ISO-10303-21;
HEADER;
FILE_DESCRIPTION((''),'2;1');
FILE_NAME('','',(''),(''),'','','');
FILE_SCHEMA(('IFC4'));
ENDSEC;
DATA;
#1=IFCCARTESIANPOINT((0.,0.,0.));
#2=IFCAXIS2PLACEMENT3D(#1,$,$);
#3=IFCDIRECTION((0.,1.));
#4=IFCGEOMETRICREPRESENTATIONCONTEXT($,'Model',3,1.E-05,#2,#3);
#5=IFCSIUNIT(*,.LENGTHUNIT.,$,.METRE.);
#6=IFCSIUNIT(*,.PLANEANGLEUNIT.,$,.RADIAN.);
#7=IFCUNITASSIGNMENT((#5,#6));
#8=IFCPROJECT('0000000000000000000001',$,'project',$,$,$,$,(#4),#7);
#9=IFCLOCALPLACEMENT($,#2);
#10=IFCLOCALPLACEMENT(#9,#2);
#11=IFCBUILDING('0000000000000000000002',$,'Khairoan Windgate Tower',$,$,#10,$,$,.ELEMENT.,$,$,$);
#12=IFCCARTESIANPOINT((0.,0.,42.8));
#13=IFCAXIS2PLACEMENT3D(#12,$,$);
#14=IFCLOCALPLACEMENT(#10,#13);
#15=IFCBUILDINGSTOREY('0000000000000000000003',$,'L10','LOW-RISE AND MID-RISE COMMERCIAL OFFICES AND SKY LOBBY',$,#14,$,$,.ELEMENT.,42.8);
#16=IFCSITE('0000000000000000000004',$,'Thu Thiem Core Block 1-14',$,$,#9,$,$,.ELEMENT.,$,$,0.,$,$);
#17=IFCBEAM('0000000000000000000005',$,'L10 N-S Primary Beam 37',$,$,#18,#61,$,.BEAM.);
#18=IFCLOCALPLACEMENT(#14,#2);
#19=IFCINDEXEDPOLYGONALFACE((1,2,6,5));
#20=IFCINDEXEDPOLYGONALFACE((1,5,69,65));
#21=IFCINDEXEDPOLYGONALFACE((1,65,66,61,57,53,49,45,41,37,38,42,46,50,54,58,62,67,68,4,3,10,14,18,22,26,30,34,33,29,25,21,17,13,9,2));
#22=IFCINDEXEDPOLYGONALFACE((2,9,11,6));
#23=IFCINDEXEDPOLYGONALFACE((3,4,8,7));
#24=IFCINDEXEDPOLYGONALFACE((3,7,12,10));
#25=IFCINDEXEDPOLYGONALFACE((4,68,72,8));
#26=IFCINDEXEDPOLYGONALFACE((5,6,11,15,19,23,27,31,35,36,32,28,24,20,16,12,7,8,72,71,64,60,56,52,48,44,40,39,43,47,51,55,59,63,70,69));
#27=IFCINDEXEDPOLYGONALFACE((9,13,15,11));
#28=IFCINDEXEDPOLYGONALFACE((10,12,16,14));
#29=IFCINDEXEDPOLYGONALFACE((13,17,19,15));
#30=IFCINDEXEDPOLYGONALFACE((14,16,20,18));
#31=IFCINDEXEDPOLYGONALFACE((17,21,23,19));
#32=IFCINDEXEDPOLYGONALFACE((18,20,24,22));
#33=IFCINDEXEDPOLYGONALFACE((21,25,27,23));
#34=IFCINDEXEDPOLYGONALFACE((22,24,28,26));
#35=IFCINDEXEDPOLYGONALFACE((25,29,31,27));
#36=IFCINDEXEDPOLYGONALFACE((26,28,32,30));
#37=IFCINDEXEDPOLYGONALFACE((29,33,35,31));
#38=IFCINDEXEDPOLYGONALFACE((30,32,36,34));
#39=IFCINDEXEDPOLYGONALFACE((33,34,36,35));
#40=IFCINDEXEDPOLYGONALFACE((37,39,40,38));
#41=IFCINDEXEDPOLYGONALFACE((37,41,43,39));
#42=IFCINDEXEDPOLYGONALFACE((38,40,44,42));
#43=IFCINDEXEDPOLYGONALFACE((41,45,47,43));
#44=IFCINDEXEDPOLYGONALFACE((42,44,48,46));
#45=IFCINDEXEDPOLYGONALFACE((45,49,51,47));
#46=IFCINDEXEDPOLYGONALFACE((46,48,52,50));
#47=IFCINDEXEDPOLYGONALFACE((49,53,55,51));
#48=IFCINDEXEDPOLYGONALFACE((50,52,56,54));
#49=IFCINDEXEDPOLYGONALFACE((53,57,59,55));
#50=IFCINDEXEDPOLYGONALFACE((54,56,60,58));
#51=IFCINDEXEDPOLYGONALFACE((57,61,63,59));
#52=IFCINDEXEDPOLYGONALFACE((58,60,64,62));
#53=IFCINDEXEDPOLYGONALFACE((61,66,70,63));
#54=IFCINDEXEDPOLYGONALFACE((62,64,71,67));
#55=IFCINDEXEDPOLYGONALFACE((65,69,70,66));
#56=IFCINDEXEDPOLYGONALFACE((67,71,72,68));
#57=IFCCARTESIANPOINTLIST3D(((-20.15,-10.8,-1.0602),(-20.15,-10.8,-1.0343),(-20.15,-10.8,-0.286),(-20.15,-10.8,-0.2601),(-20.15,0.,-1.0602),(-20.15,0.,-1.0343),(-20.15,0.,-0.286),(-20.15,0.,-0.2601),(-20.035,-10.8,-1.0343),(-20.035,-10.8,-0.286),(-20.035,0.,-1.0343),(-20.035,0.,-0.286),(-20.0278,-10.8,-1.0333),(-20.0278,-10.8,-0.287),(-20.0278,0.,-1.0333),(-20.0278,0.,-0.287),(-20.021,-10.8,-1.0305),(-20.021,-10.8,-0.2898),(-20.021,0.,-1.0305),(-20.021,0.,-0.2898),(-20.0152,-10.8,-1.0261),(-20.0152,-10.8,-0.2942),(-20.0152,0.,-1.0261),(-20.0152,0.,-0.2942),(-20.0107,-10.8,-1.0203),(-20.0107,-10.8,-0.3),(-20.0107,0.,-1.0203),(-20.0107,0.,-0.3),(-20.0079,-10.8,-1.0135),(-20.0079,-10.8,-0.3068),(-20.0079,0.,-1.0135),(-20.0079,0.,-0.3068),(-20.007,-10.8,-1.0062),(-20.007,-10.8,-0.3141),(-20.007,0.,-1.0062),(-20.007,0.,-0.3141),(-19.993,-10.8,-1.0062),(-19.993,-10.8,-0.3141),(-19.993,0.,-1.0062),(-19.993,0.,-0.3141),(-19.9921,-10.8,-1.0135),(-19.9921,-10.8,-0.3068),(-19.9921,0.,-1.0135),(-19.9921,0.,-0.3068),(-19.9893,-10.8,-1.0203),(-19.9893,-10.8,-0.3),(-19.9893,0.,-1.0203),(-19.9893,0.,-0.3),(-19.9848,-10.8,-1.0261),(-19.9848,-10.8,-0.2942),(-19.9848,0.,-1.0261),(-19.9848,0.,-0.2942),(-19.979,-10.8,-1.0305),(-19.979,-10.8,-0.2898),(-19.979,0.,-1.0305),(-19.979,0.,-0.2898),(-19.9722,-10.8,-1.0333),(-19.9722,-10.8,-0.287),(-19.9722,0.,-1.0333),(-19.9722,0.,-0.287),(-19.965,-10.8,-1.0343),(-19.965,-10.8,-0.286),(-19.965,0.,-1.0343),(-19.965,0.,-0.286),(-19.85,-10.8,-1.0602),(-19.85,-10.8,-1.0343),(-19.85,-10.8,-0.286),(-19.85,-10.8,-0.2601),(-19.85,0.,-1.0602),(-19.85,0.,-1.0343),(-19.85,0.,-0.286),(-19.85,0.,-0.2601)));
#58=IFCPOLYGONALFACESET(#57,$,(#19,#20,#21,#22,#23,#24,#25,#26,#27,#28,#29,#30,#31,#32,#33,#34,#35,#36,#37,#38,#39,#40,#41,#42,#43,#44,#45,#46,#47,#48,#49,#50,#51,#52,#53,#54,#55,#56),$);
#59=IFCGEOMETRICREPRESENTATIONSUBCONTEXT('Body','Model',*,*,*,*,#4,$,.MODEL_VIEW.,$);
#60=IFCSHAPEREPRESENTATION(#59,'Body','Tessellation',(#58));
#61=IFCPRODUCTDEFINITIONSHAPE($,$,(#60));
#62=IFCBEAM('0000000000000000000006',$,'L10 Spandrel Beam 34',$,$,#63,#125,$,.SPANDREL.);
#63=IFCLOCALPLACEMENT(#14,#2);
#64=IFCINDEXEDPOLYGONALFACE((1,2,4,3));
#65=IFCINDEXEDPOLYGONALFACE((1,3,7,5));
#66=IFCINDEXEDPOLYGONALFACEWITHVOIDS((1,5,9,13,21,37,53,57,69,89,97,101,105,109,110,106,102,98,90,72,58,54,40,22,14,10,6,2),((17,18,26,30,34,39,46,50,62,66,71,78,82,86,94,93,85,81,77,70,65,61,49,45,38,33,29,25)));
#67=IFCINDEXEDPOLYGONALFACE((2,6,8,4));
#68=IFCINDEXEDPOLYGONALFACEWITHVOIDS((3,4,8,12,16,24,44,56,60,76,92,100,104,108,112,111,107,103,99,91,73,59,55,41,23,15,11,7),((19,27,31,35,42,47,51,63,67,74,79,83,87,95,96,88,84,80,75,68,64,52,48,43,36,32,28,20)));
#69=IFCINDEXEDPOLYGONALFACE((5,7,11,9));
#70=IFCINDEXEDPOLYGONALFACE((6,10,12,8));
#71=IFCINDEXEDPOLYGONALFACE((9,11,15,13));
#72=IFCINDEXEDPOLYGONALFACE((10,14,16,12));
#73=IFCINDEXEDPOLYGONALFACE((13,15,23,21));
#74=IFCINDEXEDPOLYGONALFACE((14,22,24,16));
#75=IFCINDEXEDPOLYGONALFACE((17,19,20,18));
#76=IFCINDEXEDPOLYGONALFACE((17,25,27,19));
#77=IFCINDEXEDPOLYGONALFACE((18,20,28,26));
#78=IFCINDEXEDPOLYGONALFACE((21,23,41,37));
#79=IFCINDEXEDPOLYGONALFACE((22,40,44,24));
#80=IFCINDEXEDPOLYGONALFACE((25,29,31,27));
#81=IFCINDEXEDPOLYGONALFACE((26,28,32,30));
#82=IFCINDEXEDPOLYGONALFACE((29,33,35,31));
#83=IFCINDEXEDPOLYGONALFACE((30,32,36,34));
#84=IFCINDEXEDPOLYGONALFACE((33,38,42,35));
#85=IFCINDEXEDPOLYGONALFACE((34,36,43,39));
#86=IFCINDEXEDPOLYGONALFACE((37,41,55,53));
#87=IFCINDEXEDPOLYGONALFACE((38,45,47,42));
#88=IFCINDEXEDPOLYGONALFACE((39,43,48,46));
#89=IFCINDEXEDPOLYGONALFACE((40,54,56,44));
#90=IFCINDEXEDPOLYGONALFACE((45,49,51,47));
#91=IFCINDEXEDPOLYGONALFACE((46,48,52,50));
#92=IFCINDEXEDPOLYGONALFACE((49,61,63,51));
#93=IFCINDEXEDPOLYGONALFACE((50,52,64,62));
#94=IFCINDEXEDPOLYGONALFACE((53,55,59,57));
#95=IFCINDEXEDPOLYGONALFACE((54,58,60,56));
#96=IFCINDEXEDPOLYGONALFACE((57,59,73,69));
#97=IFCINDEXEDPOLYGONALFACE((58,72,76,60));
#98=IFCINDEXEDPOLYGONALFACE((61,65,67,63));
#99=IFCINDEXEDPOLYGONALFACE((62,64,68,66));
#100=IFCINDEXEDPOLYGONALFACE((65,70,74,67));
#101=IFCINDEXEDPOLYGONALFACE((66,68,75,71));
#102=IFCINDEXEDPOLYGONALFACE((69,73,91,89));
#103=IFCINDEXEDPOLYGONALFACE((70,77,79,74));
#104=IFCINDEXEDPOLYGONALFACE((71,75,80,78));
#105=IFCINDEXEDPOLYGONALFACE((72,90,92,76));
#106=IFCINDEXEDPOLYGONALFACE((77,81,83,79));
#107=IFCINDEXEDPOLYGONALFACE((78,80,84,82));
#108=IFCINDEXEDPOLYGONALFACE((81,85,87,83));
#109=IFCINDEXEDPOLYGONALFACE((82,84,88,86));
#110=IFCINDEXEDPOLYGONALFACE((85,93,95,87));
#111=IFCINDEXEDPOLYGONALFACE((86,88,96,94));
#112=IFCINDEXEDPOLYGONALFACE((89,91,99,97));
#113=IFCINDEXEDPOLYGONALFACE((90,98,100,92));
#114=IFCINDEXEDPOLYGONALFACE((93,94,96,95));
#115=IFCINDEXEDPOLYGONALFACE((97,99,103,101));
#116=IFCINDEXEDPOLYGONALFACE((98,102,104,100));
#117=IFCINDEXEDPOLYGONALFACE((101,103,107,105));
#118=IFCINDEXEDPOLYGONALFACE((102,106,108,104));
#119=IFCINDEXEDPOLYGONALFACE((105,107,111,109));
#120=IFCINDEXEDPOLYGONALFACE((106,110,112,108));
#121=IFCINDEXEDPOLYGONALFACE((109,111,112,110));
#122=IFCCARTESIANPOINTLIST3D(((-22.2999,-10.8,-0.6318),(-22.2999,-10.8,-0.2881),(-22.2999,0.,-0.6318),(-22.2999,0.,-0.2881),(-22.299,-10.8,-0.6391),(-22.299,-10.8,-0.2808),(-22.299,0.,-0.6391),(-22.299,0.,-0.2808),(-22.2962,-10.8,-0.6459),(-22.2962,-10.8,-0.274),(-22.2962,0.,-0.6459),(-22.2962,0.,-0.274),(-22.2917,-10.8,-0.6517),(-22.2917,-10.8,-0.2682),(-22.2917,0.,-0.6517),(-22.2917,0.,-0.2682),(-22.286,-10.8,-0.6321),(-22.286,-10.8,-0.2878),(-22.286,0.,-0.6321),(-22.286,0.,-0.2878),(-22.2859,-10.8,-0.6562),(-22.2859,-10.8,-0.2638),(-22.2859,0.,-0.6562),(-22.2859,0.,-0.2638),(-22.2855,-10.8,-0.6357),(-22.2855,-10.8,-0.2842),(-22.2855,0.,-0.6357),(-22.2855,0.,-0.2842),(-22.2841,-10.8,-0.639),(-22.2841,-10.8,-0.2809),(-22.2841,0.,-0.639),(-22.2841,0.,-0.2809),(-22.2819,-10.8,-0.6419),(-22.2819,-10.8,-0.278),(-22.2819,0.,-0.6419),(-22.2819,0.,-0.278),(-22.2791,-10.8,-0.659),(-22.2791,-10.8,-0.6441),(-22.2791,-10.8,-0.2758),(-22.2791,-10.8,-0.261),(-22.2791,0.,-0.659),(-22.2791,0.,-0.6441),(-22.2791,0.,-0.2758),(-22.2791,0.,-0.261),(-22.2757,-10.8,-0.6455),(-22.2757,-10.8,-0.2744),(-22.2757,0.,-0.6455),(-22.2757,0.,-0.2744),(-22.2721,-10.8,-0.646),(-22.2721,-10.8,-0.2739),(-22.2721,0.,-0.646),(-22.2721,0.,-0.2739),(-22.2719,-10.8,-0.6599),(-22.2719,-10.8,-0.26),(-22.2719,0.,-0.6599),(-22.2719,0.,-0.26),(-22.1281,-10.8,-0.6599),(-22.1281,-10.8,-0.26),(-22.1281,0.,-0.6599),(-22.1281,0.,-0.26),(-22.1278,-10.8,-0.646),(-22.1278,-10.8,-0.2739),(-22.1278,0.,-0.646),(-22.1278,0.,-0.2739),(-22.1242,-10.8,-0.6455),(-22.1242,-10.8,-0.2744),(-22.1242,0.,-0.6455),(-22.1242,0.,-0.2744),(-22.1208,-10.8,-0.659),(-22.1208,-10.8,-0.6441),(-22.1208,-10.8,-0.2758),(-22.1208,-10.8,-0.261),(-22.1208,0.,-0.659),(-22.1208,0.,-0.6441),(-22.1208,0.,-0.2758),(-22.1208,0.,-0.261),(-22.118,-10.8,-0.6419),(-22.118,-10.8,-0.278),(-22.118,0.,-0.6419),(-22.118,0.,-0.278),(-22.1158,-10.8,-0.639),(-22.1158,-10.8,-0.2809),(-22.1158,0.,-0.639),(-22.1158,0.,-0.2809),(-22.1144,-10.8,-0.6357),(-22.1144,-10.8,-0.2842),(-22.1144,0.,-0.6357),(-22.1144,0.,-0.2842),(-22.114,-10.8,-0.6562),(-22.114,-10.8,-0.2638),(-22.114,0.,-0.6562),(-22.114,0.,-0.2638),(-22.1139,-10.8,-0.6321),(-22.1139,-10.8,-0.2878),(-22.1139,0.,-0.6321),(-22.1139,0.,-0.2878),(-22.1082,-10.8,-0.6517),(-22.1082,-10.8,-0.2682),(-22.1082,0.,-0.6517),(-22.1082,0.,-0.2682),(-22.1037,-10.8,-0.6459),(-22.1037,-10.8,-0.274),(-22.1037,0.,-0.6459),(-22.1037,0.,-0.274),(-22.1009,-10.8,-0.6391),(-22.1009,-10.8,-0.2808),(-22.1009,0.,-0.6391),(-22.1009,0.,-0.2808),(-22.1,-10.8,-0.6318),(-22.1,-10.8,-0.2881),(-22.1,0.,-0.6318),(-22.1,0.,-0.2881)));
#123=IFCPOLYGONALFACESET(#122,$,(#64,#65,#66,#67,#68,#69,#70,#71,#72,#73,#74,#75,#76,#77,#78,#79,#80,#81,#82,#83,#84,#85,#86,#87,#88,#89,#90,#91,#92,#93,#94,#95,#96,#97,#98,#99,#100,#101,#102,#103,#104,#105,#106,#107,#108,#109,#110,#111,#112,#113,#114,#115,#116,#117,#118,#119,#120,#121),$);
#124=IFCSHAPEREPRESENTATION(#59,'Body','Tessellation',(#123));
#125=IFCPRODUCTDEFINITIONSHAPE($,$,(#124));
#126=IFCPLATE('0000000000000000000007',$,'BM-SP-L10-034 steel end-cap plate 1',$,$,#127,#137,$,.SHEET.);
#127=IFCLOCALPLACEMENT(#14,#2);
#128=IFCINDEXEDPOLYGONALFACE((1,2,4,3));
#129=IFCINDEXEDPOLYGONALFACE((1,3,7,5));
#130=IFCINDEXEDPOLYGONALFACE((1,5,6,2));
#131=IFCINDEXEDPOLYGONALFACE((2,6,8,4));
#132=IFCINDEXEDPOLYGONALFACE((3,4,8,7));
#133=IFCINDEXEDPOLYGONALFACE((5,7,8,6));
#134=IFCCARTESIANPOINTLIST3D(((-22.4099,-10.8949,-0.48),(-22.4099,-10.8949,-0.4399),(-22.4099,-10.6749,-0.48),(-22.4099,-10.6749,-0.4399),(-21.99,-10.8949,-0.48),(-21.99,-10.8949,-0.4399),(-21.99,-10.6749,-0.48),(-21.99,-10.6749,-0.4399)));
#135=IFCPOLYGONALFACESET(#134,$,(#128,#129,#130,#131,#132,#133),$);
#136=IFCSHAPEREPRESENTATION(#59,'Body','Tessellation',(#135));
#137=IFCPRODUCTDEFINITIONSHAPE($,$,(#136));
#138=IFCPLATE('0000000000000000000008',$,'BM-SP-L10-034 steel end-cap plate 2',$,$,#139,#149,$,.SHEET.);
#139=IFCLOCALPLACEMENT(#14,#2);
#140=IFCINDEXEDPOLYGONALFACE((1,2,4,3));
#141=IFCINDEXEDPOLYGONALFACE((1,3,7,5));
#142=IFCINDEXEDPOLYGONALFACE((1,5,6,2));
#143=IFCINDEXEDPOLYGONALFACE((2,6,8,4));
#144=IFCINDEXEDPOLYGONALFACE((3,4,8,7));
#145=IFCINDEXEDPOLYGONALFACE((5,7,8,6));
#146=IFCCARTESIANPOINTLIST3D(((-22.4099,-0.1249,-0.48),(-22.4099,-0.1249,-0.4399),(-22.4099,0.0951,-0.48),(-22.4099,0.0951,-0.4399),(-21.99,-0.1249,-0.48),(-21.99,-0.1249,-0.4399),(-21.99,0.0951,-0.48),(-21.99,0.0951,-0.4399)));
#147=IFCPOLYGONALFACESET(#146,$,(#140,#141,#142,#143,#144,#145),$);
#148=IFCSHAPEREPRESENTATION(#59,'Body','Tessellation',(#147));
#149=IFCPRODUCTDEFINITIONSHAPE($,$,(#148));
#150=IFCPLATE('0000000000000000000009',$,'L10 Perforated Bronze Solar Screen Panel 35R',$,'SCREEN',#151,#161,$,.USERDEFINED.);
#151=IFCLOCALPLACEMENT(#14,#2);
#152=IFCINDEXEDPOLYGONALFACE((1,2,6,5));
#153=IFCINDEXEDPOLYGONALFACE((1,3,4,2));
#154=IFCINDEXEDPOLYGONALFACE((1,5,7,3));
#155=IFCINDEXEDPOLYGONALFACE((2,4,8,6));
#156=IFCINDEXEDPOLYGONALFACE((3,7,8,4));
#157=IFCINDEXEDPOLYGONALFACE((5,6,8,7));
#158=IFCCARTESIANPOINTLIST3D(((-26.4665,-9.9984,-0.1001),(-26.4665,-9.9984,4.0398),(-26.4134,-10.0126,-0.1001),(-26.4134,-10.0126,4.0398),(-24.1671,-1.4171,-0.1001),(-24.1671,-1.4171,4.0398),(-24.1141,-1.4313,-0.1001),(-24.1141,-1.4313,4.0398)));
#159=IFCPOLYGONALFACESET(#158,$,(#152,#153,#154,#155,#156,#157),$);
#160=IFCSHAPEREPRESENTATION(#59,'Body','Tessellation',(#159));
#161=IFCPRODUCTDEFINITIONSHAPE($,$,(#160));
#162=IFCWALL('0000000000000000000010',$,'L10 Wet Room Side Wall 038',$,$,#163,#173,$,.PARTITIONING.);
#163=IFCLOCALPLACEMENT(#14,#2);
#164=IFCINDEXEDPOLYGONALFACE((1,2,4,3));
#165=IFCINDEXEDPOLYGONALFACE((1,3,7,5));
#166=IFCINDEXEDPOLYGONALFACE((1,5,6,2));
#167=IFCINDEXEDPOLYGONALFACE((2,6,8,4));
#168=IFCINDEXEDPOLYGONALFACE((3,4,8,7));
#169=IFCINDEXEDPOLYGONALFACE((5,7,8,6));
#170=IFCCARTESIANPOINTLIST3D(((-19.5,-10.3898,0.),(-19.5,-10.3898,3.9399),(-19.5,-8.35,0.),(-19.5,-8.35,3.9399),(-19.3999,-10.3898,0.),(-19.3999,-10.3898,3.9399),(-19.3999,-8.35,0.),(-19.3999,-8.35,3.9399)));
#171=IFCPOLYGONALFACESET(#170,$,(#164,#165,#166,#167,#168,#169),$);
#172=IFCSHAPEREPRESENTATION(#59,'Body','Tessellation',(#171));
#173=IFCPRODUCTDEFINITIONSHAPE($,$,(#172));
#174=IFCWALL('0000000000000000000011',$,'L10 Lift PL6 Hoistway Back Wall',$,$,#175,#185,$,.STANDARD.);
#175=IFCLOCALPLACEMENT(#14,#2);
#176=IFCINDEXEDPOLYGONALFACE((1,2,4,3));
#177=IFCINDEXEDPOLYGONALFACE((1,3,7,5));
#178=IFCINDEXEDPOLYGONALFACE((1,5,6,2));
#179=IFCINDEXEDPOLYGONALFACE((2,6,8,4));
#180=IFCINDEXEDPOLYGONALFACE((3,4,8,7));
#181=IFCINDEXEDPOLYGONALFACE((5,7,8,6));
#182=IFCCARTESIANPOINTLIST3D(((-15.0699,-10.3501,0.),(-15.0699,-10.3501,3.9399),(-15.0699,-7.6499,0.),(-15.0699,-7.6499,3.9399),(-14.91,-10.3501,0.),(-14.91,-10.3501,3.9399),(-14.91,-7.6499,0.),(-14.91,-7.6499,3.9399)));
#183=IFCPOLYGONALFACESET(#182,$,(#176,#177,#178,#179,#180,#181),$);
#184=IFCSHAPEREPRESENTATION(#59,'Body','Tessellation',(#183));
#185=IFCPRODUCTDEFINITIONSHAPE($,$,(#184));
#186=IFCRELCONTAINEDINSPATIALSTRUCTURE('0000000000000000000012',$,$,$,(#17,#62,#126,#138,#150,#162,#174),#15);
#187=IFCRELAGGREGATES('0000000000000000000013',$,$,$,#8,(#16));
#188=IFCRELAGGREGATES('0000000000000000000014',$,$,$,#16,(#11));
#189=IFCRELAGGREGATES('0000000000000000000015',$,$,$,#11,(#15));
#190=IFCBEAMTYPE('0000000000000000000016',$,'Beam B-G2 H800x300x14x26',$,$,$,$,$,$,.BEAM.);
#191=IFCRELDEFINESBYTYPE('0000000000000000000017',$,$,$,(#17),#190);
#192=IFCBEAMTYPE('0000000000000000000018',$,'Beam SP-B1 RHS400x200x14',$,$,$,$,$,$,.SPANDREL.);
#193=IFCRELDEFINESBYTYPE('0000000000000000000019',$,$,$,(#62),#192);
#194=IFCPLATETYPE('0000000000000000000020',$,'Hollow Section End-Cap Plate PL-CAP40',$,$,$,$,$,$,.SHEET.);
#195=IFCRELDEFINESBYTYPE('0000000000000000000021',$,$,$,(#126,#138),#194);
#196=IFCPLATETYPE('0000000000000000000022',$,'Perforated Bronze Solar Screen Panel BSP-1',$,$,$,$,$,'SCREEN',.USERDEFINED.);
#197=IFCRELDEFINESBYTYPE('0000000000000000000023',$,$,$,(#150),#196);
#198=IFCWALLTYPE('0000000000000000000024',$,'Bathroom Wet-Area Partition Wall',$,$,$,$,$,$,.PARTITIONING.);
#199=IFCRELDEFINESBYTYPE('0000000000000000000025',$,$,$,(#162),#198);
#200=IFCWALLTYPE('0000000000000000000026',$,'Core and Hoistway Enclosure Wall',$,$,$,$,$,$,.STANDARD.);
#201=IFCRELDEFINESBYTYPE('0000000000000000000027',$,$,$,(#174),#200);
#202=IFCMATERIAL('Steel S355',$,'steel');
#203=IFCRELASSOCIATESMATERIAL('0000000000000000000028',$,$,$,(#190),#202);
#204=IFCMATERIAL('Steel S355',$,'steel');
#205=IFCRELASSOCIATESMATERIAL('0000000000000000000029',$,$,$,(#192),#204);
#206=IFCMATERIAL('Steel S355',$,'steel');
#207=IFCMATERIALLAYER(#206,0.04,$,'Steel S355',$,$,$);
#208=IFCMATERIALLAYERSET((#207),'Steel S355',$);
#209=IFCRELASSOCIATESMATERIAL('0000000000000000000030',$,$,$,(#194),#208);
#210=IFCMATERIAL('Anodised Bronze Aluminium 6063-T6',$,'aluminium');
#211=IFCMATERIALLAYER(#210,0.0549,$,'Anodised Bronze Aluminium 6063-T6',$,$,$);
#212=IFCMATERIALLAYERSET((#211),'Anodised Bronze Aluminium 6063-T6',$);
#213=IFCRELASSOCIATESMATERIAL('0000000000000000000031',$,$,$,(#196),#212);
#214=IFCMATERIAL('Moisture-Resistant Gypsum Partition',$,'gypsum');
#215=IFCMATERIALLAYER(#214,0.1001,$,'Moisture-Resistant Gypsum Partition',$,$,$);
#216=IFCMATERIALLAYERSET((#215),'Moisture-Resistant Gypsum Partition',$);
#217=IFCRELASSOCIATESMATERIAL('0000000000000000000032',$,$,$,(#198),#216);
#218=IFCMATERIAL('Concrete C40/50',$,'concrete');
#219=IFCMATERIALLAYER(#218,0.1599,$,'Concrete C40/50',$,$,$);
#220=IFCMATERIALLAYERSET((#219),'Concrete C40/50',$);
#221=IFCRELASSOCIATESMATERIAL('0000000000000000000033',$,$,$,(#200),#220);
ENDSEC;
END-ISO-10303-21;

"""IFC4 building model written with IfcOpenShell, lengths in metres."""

from ifc_helpers import new_model, si_unit, direction, frame, frame_2d, origin, origin_2d, place, context, subcontext, project, spatial, rectangle, hollow_rectangle, i_section, extrude, material, layer, layer_set, material_profile, profile_set, type_object, element, save


model = new_model("IFC4")

# Units and contexts
model_context = context("Model", 3, precision=1e-05, world=origin(), true_north=direction((0.0, 1.0)))
body_context = subcontext(model_context, "Body", "Model", "MODEL_VIEW")
ifc_project = project(units=[si_unit("LENGTHUNIT", "METRE"), si_unit("PLANEANGLEUNIT", "RADIAN")], contexts=[model_context])

# Site, building, storey
site_placement = place(None, origin())
site = spatial("IfcSite", under=ifc_project, at=site_placement, Name="Thu Thiem Core Block 1-14", CompositionType="ELEMENT", RefElevation=0.0)
building_placement = place(site_placement, origin())
building = spatial("IfcBuilding", under=site, at=building_placement, Name="Khairoan Windgate Tower", CompositionType="ELEMENT")
storey_placement = place(building_placement, frame((0.0, 0.0, 42.8)))
storey = spatial("IfcBuildingStorey", under=building, at=storey_placement, Name="L10", Description="LOW-RISE AND MID-RISE COMMERCIAL OFFICES AND SKY LOBBY", CompositionType="ELEMENT", Elevation=42.8)

# Beams
ifc_material_1 = material(Name="Steel S355", Category="steel")
ifc_material_profile_1 = material_profile(ifc_material_1, i_section(OverallWidth=0.3, OverallDepth=0.8, WebThickness=0.0139, FlangeThickness=0.0259, FilletRadius=0.0281, at=origin_2d()))
ifc_profile_set_1 = profile_set([ifc_material_profile_1], Name="Steel S355")
beam_type_1 = type_object("IfcBeamType", Name="Beam B-G2 H800x300x14x26", PredefinedType="BEAM", material=ifc_profile_set_1)
beam_1_placement = place(storey_placement, frame((-20.0, -10.8, -0.6602), z_axis=(0.0, 1.0, 0.0), x_axis=(-1.0, 0.0, 0.0)))
element("IfcBeam", 1, at=beam_1_placement, inside=storey, type_object=beam_type_1, Name="L10 N-S Primary Beam 37", PredefinedType="BEAM", context=body_context, shape_type="SweptSolid", body=[
    extrude(i_section(OverallWidth=0.3, OverallDepth=0.8, WebThickness=0.0139, FlangeThickness=0.0259, FilletRadius=0.0281, at=origin_2d()), origin(), (0.0, 0.0, 1.0), 10.8),
])
ifc_material_2 = material(Name="Steel S355", Category="steel")
ifc_material_profile_2 = material_profile(ifc_material_2, hollow_rectangle(XDim=0.2, YDim=0.3999, WallThickness=0.0139, InnerFilletRadius=0.0139, OuterFilletRadius=0.0281, at=origin_2d()))
ifc_profile_set_2 = profile_set([ifc_material_profile_2], Name="Steel S355")
beam_type_2 = type_object("IfcBeamType", Name="Beam SP-B1 RHS400x200x14", PredefinedType="SPANDREL", material=ifc_profile_set_2)
beam_2_placement = place(storey_placement, frame((-22.2, -10.8, -0.46), z_axis=(0.0, 1.0, 0.0), x_axis=(-1.0, 0.0, 0.0)))
element("IfcBeam", 2, at=beam_2_placement, inside=storey, type_object=beam_type_2, Name="L10 Spandrel Beam 34", PredefinedType="SPANDREL", context=body_context, shape_type="SweptSolid", body=[
    extrude(hollow_rectangle(XDim=0.2, YDim=0.3999, WallThickness=0.0139, InnerFilletRadius=0.0139, OuterFilletRadius=0.0281, at=origin_2d()), origin(), (0.0, 0.0, 1.0), 10.8),
])

# Plates
ifc_material_3 = material(Name="Steel S355", Category="steel")
ifc_layer_1 = layer(ifc_material_3, 0.04, Name="Steel S355")
ifc_layer_set_1 = layer_set([ifc_layer_1], Name="Steel S355")
plate_type_1 = type_object("IfcPlateType", Name="Hollow Section End-Cap Plate PL-CAP40", PredefinedType="SHEET", material=ifc_layer_set_1)
for number, where, z_axis, x_axis, name in (
    (3, (-22.2, -10.7849, -0.48), (0.0, 0.0, 1.0), (0.0, 1.0, 0.0), "BM-SP-L10-034 steel end-cap plate 1"),
    (4, (-22.2, -0.0149, -0.48), (0.0, 0.0, 1.0), (0.0, 1.0, 0.0), "BM-SP-L10-034 steel end-cap plate 2"),
):
    element("IfcPlate", number, at=place(storey_placement, frame(where, z_axis=z_axis, x_axis=x_axis)), inside=storey, type_object=plate_type_1, Name=name, PredefinedType="SHEET", context=body_context, shape_type="SweptSolid", body=[
        extrude(rectangle(XDim=0.22, YDim=0.4199, at=origin_2d()), origin(), (0.0, 0.0, 1.0), 0.04),
    ])
ifc_material_4 = material(Name="Anodised Bronze Aluminium 6063-T6", Category="aluminium")
ifc_layer_2 = layer(ifc_material_4, 0.0549, Name="Anodised Bronze Aluminium 6063-T6")
ifc_layer_set_2 = layer_set([ifc_layer_2], Name="Anodised Bronze Aluminium 6063-T6")
plate_type_2 = type_object("IfcPlateType", Name="Perforated Bronze Solar Screen Panel BSP-1", ElementType="SCREEN", PredefinedType="USERDEFINED", material=ifc_layer_set_2)
plate_placement = place(storey_placement, frame((-25.2903, -5.7148, -0.1001), z_axis=(0.0, 0.0, 1.0), x_axis=(0.258819, 0.965926, 0.0)))
element("IfcPlate", 5, at=plate_placement, inside=storey, type_object=plate_type_2, Name="L10 Perforated Bronze Solar Screen Panel 35R", ObjectType="SCREEN", PredefinedType="USERDEFINED", context=body_context, shape_type="SweptSolid", body=[
    extrude(rectangle(XDim=8.884, YDim=0.0549, at=origin_2d()), origin(), (0.0, 0.0, 1.0), 4.1399),
])

# Walls
ifc_material_5 = material(Name="Moisture-Resistant Gypsum Partition", Category="gypsum")
ifc_layer_3 = layer(ifc_material_5, 0.1001, Name="Moisture-Resistant Gypsum Partition")
ifc_layer_set_3 = layer_set([ifc_layer_3], Name="Moisture-Resistant Gypsum Partition")
wall_type_1 = type_object("IfcWallType", Name="Bathroom Wet-Area Partition Wall", PredefinedType="PARTITIONING", material=ifc_layer_set_3)
wall_1_placement = place(storey_placement, frame((-19.45, -10.3899, 0.0), z_axis=(0.0, 0.0, 1.0), x_axis=(0.0, 1.0, 0.0)))
element("IfcWall", 6, at=wall_1_placement, inside=storey, type_object=wall_type_1, Name="L10 Wet Room Side Wall 038", PredefinedType="PARTITIONING", context=body_context, shape_type="SweptSolid", body=[
    extrude(rectangle(XDim=2.0398, YDim=0.1001, at=frame_2d((1.02, 0.0))), origin(), (0.0, 0.0, 1.0), 3.9399),
])
ifc_material_6 = material(Name="Concrete C40/50", Category="concrete")
ifc_layer_4 = layer(ifc_material_6, 0.1599, Name="Concrete C40/50")
ifc_layer_set_4 = layer_set([ifc_layer_4], Name="Concrete C40/50")
wall_type_2 = type_object("IfcWallType", Name="Core and Hoistway Enclosure Wall", PredefinedType="STANDARD", material=ifc_layer_set_4)
wall_2_placement = place(storey_placement, frame((-14.99, -10.3501, 0.0), z_axis=(0.0, 0.0, 1.0), x_axis=(0.0, 1.0, 0.0)))
element("IfcWall", 7, at=wall_2_placement, inside=storey, type_object=wall_type_2, Name="L10 Lift PL6 Hoistway Back Wall", PredefinedType="STANDARD", context=body_context, shape_type="SweptSolid", body=[
    extrude(rectangle(XDim=2.7002, YDim=0.1599, at=frame_2d((1.3501, 0.0))), origin(), (0.0, 0.0, 1.0), 3.9399),
])

save(model, "model.ifc")
